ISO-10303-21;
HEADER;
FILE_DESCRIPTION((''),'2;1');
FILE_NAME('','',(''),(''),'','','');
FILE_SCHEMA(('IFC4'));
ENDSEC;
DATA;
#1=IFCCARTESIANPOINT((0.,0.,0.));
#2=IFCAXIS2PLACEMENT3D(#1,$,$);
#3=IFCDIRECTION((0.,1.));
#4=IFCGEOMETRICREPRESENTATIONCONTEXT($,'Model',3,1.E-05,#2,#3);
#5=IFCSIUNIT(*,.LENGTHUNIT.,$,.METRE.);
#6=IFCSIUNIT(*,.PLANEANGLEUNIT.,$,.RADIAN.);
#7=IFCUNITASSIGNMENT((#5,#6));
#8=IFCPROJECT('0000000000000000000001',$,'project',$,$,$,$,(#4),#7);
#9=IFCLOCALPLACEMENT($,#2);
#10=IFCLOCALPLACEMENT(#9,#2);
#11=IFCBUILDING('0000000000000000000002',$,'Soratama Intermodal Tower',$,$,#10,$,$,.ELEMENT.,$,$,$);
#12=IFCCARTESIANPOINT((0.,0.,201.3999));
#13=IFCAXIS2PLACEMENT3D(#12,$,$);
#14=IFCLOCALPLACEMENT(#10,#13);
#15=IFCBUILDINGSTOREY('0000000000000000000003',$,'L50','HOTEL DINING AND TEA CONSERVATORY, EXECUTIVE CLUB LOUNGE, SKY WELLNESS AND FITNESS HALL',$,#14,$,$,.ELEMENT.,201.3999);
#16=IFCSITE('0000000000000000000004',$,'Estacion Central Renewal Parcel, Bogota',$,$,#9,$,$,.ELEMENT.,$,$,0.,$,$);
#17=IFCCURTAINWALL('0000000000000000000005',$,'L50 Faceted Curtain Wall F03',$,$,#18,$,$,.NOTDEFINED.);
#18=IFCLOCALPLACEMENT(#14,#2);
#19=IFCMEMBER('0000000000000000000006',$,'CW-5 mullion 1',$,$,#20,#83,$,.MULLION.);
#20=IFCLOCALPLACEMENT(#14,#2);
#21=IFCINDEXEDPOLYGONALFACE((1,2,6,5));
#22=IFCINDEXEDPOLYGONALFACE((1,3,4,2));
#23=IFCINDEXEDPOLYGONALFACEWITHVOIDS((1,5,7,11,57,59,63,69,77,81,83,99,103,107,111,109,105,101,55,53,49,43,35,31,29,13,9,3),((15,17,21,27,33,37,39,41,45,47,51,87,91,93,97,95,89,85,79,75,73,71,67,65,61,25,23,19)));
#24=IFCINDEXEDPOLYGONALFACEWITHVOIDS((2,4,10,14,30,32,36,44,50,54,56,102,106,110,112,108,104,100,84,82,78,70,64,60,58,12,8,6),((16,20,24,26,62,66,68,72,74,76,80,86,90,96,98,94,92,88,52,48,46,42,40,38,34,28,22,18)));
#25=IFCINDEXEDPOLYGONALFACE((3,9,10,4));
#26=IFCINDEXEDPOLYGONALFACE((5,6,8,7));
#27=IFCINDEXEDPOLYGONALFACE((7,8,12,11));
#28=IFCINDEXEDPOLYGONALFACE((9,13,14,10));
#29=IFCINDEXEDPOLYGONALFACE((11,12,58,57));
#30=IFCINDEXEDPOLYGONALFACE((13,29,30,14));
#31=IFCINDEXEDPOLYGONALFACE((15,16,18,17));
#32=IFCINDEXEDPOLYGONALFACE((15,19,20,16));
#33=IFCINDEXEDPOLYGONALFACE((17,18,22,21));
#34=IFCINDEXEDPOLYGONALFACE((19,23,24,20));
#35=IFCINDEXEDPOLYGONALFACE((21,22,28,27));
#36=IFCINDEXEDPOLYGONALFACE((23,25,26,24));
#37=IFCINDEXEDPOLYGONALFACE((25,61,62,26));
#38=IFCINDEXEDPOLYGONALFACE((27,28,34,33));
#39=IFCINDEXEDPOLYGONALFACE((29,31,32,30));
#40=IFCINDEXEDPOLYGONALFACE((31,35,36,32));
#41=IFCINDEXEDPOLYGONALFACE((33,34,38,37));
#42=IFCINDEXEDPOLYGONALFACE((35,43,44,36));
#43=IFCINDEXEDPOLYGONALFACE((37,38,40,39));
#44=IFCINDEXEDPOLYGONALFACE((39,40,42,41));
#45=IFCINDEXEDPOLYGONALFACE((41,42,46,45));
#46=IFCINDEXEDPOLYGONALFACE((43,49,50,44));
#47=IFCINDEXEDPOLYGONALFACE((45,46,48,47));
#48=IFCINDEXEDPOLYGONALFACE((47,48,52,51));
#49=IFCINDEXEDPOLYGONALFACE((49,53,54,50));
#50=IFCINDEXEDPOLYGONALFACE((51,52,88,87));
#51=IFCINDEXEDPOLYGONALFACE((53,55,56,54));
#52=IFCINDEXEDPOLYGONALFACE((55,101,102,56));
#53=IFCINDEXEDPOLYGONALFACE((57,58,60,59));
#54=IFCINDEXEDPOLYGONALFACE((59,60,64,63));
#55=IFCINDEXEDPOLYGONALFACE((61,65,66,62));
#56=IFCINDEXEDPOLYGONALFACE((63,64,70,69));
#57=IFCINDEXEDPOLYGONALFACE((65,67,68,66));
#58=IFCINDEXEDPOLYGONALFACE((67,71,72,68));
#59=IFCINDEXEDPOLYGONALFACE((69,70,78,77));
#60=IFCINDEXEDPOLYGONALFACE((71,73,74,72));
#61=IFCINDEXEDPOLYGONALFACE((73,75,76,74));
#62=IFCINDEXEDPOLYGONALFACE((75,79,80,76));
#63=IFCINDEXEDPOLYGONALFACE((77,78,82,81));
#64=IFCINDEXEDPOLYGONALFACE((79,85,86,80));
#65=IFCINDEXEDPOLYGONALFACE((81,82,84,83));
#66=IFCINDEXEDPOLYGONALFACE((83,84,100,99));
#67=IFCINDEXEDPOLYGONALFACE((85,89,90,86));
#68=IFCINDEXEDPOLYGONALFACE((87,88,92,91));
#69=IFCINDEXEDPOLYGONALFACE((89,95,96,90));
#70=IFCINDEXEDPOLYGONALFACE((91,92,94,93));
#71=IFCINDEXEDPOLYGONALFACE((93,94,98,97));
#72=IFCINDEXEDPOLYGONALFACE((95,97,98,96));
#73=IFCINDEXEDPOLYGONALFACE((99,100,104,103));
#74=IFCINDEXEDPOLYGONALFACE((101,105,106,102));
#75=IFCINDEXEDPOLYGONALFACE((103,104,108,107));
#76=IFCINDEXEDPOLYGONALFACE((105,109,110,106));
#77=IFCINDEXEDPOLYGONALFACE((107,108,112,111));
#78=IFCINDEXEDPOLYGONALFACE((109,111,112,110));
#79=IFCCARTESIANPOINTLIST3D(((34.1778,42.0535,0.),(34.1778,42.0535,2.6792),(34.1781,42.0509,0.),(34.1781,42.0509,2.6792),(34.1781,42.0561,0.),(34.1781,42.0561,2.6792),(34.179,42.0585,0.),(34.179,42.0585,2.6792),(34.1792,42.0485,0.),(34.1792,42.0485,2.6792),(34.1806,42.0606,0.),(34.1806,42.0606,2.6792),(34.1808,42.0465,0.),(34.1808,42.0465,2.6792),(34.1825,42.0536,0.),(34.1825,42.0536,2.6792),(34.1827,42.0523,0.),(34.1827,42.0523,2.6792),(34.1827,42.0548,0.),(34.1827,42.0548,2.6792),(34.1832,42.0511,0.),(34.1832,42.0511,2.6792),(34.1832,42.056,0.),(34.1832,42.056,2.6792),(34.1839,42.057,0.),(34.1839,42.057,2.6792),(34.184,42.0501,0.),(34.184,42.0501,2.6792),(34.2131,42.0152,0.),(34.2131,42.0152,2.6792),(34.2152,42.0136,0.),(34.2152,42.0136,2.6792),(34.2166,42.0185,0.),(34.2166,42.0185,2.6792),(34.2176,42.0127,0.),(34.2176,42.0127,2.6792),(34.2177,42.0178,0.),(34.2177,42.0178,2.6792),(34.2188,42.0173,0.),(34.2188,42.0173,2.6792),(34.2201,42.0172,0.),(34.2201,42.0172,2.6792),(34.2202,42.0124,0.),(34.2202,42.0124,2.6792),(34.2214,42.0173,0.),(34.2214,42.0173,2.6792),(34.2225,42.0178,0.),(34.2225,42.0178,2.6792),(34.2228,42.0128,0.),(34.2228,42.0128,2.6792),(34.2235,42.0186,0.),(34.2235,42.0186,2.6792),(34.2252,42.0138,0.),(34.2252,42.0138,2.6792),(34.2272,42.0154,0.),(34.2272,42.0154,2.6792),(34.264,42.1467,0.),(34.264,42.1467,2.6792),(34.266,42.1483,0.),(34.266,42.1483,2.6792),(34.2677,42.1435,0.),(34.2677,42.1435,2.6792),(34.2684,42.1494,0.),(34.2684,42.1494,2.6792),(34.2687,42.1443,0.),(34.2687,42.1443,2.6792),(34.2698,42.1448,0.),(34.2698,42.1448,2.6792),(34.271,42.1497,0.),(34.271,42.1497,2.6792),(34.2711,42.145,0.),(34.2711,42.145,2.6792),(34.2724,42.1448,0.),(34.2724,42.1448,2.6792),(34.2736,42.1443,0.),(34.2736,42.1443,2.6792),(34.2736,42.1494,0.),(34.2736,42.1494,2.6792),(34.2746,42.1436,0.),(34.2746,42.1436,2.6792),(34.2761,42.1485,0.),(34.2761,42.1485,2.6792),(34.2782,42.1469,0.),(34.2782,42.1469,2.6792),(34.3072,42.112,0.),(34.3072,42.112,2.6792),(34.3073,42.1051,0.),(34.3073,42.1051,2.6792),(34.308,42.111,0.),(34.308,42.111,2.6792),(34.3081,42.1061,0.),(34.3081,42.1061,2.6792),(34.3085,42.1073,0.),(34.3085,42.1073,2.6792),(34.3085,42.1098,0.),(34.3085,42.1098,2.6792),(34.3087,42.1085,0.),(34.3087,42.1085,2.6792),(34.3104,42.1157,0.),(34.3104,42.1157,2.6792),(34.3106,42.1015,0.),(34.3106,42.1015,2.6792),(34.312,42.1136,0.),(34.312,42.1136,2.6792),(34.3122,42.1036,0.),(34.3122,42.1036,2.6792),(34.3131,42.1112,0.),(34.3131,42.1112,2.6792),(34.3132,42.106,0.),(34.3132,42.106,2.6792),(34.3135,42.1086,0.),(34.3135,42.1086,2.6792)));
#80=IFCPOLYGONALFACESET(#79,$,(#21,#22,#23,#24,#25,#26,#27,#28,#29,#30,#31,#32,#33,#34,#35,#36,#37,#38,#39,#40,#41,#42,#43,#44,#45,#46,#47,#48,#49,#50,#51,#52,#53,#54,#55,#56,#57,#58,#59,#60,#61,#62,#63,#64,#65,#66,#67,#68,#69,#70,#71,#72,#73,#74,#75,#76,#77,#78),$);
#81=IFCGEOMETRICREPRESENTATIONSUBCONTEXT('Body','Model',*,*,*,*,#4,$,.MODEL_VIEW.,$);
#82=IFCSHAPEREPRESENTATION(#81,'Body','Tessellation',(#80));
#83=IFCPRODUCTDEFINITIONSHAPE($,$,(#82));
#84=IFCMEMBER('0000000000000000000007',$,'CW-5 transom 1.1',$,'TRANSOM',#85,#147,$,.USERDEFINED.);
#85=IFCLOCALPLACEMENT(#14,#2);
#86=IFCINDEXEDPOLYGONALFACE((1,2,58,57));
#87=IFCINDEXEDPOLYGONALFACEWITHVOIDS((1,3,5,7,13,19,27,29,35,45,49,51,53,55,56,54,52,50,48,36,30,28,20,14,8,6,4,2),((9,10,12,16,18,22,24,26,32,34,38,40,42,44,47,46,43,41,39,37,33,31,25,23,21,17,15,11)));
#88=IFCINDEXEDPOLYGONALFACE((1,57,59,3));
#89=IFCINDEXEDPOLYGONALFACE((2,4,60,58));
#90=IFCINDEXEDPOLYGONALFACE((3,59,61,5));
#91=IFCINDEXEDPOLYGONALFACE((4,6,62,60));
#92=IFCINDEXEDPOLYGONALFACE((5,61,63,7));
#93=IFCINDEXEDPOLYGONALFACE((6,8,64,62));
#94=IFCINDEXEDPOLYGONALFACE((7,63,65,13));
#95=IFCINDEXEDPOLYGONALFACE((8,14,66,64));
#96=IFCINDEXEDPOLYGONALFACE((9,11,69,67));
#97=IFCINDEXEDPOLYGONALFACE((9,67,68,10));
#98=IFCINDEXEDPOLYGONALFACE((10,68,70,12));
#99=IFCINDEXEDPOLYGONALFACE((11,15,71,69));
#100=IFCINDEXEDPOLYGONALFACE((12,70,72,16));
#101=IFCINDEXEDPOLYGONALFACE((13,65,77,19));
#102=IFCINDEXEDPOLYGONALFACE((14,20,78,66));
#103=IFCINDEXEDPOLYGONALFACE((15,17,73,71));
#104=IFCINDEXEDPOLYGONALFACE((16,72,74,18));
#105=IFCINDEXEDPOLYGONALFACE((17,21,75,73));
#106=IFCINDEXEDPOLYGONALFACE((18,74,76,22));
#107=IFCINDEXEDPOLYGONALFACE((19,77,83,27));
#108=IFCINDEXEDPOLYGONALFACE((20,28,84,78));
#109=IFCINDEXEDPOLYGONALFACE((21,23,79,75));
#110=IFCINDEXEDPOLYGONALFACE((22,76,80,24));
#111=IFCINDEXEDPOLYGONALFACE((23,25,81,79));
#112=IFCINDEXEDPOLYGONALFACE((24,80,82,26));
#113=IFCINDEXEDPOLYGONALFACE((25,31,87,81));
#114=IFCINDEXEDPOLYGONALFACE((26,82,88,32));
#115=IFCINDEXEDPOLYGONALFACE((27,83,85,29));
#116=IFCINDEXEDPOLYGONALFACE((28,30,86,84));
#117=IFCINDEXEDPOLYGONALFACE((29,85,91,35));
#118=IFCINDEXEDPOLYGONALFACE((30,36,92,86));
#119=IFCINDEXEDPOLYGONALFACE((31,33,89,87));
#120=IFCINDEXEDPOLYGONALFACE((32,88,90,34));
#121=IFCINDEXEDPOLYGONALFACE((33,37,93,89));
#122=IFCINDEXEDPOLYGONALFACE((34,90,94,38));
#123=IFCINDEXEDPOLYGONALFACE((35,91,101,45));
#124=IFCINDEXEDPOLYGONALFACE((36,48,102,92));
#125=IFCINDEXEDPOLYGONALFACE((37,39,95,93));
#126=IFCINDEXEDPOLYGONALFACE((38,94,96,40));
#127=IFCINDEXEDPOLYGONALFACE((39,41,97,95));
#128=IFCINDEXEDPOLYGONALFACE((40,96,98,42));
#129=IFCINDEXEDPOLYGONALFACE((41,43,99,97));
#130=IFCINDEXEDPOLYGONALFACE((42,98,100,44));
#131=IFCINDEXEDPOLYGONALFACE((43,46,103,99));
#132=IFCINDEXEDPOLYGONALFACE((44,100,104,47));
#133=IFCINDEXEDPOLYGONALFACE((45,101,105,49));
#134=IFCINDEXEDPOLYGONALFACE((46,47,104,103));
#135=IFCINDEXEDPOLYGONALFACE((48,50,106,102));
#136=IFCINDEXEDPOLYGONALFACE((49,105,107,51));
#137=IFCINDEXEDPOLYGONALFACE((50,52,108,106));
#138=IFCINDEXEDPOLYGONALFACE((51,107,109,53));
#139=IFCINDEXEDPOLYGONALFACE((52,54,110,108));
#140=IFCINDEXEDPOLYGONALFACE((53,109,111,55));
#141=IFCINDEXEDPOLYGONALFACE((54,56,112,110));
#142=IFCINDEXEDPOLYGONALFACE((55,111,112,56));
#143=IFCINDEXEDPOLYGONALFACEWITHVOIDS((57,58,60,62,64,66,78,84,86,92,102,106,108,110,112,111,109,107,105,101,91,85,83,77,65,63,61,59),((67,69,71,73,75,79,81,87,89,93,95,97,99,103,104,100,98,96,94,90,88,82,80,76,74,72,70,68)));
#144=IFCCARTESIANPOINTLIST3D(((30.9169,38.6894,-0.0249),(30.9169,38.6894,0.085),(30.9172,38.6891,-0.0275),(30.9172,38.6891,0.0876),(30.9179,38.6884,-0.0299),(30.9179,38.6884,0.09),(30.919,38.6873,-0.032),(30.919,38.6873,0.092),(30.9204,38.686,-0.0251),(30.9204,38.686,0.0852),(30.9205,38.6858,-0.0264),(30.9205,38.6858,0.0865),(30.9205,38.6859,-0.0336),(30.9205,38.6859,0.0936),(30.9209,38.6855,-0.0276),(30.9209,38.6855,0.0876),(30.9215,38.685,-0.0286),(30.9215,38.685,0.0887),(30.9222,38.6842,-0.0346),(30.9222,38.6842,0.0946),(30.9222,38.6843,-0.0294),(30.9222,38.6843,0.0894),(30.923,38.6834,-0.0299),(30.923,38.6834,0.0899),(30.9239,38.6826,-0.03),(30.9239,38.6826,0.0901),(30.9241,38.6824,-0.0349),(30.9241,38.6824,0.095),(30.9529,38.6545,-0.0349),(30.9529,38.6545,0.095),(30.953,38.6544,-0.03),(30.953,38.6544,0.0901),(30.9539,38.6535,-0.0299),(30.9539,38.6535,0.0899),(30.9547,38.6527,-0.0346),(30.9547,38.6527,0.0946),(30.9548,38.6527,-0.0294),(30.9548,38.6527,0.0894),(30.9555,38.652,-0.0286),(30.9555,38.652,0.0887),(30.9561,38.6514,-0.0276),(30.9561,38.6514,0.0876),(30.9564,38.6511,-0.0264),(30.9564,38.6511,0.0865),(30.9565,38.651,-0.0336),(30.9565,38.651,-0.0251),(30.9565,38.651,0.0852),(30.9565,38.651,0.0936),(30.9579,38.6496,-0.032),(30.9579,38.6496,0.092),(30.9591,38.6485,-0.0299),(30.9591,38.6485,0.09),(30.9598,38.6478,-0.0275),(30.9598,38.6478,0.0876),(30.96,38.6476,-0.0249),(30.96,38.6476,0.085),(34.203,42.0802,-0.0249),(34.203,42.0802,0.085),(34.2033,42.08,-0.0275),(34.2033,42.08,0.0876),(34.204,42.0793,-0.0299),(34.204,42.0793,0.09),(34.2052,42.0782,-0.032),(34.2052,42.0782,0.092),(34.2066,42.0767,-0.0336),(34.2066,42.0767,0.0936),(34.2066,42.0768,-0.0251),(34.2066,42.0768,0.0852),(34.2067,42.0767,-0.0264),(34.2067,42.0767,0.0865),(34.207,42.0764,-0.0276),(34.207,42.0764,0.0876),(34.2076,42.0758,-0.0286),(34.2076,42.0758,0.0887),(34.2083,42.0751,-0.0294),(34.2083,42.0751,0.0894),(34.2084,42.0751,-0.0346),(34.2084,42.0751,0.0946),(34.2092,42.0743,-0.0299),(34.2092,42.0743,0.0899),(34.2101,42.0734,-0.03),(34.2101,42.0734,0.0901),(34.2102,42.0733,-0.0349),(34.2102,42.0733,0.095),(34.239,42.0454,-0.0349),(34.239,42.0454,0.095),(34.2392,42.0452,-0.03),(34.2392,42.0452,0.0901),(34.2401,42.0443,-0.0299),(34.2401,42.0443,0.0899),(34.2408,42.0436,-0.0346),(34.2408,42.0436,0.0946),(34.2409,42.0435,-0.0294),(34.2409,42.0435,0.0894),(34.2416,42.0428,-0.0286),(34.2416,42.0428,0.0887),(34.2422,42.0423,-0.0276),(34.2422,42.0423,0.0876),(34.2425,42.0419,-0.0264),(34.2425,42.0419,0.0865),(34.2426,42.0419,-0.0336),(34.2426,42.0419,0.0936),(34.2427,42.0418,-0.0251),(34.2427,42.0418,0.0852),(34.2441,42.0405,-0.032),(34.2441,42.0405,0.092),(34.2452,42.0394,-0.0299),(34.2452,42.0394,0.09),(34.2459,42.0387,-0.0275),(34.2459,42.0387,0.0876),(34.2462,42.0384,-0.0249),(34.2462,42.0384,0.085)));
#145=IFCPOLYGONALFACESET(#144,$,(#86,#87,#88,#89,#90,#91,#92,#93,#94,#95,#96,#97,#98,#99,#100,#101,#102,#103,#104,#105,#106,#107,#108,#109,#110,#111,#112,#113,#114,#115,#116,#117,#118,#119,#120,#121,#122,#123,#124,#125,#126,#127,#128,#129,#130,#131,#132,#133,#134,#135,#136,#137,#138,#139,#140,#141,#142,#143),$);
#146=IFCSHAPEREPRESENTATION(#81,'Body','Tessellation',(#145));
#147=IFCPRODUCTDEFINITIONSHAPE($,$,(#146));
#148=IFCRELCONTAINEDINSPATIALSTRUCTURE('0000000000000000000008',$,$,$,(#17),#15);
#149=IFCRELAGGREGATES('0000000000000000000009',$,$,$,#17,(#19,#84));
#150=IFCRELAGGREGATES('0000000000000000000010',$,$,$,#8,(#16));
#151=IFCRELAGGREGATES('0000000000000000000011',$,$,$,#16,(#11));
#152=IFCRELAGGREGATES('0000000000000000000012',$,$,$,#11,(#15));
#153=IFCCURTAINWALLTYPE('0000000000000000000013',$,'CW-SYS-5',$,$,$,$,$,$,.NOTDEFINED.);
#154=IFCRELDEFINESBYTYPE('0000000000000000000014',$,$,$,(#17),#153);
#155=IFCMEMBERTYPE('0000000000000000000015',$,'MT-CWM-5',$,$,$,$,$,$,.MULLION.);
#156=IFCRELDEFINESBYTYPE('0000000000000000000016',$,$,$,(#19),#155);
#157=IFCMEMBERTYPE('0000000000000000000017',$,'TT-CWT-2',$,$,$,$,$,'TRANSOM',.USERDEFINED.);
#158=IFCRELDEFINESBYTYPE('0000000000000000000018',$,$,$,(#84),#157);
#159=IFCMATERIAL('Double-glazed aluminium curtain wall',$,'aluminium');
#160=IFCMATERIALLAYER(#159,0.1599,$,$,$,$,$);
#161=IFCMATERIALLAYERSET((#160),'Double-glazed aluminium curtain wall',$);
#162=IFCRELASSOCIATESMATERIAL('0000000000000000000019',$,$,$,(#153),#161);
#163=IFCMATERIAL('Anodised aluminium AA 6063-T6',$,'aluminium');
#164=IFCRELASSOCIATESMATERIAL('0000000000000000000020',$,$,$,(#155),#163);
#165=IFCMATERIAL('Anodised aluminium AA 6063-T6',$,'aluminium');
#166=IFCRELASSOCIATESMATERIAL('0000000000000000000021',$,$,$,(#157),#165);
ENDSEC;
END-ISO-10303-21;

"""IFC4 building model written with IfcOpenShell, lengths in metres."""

from ifc_helpers import new_model, si_unit, direction, frame, origin, origin_2d, place, context, subcontext, project, spatial, hollow_rectangle, extrude, material, layer, layer_set, material_profile, profile_set, type_object, element, aggregate, save


model = new_model("IFC4")

# Units and contexts
model_context = context("Model", 3, precision=1e-05, world=origin(), true_north=direction((0.0, 1.0)))
body_context = subcontext(model_context, "Body", "Model", "MODEL_VIEW")
ifc_project = project(units=[si_unit("LENGTHUNIT", "METRE"), si_unit("PLANEANGLEUNIT", "RADIAN")], contexts=[model_context])

# Site, building, storey
site_placement = place(None, origin())
site = spatial("IfcSite", under=ifc_project, at=site_placement, Name="Estacion Central Renewal Parcel, Bogota", CompositionType="ELEMENT", RefElevation=0.0)
building_placement = place(site_placement, origin())
building = spatial("IfcBuilding", under=site, at=building_placement, Name="Soratama Intermodal Tower", CompositionType="ELEMENT")
storey_placement = place(building_placement, frame((0.0, 0.0, 201.3999)))
storey = spatial("IfcBuildingStorey", under=building, at=storey_placement, Name="L50", Description="HOTEL DINING AND TEA CONSERVATORY, EXECUTIVE CLUB LOUNGE, SKY WELLNESS AND FITNESS HALL", CompositionType="ELEMENT", Elevation=201.3999)

# Curtain wall, members
ifc_material_1 = material(Name="Double-glazed aluminium curtain wall", Category="aluminium")
ifc_layer_1 = layer(ifc_material_1, 0.1599)
ifc_layer_set_1 = layer_set([ifc_layer_1], Name="Double-glazed aluminium curtain wall")
curtain_wall_type = type_object("IfcCurtainWallType", Name="CW-SYS-5", PredefinedType="NOTDEFINED", material=ifc_layer_set_1)
curtain_wall_placement = place(storey_placement, origin())
curtain_wall = element("IfcCurtainWall", 1, at=curtain_wall_placement, inside=storey, type_object=curtain_wall_type, Name="L50 Faceted Curtain Wall F03", PredefinedType="NOTDEFINED")
ifc_material_2 = material(Name="Anodised aluminium AA 6063-T6", Category="aluminium")
ifc_material_profile_1 = material_profile(ifc_material_2, hollow_rectangle(XDim=0.0649, YDim=0.1399, WallThickness=0.0049, InnerFilletRadius=0.0049, OuterFilletRadius=0.01, at=origin_2d()), Name="CWM140X65X5")
ifc_profile_set_1 = profile_set([ifc_material_profile_1], Name="Anodised aluminium AA 6063-T6")
member_type_1 = type_object("IfcMemberType", Name="MT-CWM-5", PredefinedType="MULLION", material=ifc_profile_set_1)
member_1_placement = place(storey_placement, frame((34.2456, 42.0811, 0.0), z_axis=(0.0, 0.0, 1.0), x_axis=(0.718127, -0.695912, 0.0)))
member_1 = element("IfcMember", 2, at=member_1_placement, type_object=member_type_1, Name="CW-5 mullion 1", PredefinedType="MULLION", context=body_context, shape_type="SweptSolid", body=[
    extrude(hollow_rectangle(XDim=0.0649, YDim=0.1399, WallThickness=0.0049, InnerFilletRadius=0.0049, OuterFilletRadius=0.01, at=origin_2d()), origin(), (0.0, 0.0, 1.0), 2.6792),
])
ifc_material_3 = material(Name="Anodised aluminium AA 6063-T6", Category="aluminium")
ifc_material_profile_2 = material_profile(ifc_material_3, hollow_rectangle(XDim=0.0601, YDim=0.1299, WallThickness=0.0049, InnerFilletRadius=0.0049, OuterFilletRadius=0.01, at=origin_2d()), Name="CWT130X60X5")
ifc_profile_set_2 = profile_set([ifc_material_profile_2], Name="Anodised aluminium AA 6063-T6")
member_type_2 = type_object("IfcMemberType", Name="TT-CWT-2", ElementType="TRANSOM", PredefinedType="USERDEFINED", material=ifc_profile_set_2)
member_2_placement = place(storey_placement, frame((34.2246, 42.0593, 0.03), z_axis=(-0.695929, -0.71811, 0.0), x_axis=(0.71811, -0.695929, 0.0)))
member_2 = element("IfcMember", 3, at=member_2_placement, type_object=member_type_2, Name="CW-5 transom 1.1", ObjectType="TRANSOM", PredefinedType="USERDEFINED", context=body_context, shape_type="SweptSolid", body=[
    extrude(hollow_rectangle(XDim=0.0601, YDim=0.1299, WallThickness=0.0049, InnerFilletRadius=0.0049, OuterFilletRadius=0.01, at=origin_2d()), origin(), (0.0, 0.0, 1.0), 4.7219),
])
aggregate(curtain_wall, [member_1, member_2])

save(model, "model.ifc")
